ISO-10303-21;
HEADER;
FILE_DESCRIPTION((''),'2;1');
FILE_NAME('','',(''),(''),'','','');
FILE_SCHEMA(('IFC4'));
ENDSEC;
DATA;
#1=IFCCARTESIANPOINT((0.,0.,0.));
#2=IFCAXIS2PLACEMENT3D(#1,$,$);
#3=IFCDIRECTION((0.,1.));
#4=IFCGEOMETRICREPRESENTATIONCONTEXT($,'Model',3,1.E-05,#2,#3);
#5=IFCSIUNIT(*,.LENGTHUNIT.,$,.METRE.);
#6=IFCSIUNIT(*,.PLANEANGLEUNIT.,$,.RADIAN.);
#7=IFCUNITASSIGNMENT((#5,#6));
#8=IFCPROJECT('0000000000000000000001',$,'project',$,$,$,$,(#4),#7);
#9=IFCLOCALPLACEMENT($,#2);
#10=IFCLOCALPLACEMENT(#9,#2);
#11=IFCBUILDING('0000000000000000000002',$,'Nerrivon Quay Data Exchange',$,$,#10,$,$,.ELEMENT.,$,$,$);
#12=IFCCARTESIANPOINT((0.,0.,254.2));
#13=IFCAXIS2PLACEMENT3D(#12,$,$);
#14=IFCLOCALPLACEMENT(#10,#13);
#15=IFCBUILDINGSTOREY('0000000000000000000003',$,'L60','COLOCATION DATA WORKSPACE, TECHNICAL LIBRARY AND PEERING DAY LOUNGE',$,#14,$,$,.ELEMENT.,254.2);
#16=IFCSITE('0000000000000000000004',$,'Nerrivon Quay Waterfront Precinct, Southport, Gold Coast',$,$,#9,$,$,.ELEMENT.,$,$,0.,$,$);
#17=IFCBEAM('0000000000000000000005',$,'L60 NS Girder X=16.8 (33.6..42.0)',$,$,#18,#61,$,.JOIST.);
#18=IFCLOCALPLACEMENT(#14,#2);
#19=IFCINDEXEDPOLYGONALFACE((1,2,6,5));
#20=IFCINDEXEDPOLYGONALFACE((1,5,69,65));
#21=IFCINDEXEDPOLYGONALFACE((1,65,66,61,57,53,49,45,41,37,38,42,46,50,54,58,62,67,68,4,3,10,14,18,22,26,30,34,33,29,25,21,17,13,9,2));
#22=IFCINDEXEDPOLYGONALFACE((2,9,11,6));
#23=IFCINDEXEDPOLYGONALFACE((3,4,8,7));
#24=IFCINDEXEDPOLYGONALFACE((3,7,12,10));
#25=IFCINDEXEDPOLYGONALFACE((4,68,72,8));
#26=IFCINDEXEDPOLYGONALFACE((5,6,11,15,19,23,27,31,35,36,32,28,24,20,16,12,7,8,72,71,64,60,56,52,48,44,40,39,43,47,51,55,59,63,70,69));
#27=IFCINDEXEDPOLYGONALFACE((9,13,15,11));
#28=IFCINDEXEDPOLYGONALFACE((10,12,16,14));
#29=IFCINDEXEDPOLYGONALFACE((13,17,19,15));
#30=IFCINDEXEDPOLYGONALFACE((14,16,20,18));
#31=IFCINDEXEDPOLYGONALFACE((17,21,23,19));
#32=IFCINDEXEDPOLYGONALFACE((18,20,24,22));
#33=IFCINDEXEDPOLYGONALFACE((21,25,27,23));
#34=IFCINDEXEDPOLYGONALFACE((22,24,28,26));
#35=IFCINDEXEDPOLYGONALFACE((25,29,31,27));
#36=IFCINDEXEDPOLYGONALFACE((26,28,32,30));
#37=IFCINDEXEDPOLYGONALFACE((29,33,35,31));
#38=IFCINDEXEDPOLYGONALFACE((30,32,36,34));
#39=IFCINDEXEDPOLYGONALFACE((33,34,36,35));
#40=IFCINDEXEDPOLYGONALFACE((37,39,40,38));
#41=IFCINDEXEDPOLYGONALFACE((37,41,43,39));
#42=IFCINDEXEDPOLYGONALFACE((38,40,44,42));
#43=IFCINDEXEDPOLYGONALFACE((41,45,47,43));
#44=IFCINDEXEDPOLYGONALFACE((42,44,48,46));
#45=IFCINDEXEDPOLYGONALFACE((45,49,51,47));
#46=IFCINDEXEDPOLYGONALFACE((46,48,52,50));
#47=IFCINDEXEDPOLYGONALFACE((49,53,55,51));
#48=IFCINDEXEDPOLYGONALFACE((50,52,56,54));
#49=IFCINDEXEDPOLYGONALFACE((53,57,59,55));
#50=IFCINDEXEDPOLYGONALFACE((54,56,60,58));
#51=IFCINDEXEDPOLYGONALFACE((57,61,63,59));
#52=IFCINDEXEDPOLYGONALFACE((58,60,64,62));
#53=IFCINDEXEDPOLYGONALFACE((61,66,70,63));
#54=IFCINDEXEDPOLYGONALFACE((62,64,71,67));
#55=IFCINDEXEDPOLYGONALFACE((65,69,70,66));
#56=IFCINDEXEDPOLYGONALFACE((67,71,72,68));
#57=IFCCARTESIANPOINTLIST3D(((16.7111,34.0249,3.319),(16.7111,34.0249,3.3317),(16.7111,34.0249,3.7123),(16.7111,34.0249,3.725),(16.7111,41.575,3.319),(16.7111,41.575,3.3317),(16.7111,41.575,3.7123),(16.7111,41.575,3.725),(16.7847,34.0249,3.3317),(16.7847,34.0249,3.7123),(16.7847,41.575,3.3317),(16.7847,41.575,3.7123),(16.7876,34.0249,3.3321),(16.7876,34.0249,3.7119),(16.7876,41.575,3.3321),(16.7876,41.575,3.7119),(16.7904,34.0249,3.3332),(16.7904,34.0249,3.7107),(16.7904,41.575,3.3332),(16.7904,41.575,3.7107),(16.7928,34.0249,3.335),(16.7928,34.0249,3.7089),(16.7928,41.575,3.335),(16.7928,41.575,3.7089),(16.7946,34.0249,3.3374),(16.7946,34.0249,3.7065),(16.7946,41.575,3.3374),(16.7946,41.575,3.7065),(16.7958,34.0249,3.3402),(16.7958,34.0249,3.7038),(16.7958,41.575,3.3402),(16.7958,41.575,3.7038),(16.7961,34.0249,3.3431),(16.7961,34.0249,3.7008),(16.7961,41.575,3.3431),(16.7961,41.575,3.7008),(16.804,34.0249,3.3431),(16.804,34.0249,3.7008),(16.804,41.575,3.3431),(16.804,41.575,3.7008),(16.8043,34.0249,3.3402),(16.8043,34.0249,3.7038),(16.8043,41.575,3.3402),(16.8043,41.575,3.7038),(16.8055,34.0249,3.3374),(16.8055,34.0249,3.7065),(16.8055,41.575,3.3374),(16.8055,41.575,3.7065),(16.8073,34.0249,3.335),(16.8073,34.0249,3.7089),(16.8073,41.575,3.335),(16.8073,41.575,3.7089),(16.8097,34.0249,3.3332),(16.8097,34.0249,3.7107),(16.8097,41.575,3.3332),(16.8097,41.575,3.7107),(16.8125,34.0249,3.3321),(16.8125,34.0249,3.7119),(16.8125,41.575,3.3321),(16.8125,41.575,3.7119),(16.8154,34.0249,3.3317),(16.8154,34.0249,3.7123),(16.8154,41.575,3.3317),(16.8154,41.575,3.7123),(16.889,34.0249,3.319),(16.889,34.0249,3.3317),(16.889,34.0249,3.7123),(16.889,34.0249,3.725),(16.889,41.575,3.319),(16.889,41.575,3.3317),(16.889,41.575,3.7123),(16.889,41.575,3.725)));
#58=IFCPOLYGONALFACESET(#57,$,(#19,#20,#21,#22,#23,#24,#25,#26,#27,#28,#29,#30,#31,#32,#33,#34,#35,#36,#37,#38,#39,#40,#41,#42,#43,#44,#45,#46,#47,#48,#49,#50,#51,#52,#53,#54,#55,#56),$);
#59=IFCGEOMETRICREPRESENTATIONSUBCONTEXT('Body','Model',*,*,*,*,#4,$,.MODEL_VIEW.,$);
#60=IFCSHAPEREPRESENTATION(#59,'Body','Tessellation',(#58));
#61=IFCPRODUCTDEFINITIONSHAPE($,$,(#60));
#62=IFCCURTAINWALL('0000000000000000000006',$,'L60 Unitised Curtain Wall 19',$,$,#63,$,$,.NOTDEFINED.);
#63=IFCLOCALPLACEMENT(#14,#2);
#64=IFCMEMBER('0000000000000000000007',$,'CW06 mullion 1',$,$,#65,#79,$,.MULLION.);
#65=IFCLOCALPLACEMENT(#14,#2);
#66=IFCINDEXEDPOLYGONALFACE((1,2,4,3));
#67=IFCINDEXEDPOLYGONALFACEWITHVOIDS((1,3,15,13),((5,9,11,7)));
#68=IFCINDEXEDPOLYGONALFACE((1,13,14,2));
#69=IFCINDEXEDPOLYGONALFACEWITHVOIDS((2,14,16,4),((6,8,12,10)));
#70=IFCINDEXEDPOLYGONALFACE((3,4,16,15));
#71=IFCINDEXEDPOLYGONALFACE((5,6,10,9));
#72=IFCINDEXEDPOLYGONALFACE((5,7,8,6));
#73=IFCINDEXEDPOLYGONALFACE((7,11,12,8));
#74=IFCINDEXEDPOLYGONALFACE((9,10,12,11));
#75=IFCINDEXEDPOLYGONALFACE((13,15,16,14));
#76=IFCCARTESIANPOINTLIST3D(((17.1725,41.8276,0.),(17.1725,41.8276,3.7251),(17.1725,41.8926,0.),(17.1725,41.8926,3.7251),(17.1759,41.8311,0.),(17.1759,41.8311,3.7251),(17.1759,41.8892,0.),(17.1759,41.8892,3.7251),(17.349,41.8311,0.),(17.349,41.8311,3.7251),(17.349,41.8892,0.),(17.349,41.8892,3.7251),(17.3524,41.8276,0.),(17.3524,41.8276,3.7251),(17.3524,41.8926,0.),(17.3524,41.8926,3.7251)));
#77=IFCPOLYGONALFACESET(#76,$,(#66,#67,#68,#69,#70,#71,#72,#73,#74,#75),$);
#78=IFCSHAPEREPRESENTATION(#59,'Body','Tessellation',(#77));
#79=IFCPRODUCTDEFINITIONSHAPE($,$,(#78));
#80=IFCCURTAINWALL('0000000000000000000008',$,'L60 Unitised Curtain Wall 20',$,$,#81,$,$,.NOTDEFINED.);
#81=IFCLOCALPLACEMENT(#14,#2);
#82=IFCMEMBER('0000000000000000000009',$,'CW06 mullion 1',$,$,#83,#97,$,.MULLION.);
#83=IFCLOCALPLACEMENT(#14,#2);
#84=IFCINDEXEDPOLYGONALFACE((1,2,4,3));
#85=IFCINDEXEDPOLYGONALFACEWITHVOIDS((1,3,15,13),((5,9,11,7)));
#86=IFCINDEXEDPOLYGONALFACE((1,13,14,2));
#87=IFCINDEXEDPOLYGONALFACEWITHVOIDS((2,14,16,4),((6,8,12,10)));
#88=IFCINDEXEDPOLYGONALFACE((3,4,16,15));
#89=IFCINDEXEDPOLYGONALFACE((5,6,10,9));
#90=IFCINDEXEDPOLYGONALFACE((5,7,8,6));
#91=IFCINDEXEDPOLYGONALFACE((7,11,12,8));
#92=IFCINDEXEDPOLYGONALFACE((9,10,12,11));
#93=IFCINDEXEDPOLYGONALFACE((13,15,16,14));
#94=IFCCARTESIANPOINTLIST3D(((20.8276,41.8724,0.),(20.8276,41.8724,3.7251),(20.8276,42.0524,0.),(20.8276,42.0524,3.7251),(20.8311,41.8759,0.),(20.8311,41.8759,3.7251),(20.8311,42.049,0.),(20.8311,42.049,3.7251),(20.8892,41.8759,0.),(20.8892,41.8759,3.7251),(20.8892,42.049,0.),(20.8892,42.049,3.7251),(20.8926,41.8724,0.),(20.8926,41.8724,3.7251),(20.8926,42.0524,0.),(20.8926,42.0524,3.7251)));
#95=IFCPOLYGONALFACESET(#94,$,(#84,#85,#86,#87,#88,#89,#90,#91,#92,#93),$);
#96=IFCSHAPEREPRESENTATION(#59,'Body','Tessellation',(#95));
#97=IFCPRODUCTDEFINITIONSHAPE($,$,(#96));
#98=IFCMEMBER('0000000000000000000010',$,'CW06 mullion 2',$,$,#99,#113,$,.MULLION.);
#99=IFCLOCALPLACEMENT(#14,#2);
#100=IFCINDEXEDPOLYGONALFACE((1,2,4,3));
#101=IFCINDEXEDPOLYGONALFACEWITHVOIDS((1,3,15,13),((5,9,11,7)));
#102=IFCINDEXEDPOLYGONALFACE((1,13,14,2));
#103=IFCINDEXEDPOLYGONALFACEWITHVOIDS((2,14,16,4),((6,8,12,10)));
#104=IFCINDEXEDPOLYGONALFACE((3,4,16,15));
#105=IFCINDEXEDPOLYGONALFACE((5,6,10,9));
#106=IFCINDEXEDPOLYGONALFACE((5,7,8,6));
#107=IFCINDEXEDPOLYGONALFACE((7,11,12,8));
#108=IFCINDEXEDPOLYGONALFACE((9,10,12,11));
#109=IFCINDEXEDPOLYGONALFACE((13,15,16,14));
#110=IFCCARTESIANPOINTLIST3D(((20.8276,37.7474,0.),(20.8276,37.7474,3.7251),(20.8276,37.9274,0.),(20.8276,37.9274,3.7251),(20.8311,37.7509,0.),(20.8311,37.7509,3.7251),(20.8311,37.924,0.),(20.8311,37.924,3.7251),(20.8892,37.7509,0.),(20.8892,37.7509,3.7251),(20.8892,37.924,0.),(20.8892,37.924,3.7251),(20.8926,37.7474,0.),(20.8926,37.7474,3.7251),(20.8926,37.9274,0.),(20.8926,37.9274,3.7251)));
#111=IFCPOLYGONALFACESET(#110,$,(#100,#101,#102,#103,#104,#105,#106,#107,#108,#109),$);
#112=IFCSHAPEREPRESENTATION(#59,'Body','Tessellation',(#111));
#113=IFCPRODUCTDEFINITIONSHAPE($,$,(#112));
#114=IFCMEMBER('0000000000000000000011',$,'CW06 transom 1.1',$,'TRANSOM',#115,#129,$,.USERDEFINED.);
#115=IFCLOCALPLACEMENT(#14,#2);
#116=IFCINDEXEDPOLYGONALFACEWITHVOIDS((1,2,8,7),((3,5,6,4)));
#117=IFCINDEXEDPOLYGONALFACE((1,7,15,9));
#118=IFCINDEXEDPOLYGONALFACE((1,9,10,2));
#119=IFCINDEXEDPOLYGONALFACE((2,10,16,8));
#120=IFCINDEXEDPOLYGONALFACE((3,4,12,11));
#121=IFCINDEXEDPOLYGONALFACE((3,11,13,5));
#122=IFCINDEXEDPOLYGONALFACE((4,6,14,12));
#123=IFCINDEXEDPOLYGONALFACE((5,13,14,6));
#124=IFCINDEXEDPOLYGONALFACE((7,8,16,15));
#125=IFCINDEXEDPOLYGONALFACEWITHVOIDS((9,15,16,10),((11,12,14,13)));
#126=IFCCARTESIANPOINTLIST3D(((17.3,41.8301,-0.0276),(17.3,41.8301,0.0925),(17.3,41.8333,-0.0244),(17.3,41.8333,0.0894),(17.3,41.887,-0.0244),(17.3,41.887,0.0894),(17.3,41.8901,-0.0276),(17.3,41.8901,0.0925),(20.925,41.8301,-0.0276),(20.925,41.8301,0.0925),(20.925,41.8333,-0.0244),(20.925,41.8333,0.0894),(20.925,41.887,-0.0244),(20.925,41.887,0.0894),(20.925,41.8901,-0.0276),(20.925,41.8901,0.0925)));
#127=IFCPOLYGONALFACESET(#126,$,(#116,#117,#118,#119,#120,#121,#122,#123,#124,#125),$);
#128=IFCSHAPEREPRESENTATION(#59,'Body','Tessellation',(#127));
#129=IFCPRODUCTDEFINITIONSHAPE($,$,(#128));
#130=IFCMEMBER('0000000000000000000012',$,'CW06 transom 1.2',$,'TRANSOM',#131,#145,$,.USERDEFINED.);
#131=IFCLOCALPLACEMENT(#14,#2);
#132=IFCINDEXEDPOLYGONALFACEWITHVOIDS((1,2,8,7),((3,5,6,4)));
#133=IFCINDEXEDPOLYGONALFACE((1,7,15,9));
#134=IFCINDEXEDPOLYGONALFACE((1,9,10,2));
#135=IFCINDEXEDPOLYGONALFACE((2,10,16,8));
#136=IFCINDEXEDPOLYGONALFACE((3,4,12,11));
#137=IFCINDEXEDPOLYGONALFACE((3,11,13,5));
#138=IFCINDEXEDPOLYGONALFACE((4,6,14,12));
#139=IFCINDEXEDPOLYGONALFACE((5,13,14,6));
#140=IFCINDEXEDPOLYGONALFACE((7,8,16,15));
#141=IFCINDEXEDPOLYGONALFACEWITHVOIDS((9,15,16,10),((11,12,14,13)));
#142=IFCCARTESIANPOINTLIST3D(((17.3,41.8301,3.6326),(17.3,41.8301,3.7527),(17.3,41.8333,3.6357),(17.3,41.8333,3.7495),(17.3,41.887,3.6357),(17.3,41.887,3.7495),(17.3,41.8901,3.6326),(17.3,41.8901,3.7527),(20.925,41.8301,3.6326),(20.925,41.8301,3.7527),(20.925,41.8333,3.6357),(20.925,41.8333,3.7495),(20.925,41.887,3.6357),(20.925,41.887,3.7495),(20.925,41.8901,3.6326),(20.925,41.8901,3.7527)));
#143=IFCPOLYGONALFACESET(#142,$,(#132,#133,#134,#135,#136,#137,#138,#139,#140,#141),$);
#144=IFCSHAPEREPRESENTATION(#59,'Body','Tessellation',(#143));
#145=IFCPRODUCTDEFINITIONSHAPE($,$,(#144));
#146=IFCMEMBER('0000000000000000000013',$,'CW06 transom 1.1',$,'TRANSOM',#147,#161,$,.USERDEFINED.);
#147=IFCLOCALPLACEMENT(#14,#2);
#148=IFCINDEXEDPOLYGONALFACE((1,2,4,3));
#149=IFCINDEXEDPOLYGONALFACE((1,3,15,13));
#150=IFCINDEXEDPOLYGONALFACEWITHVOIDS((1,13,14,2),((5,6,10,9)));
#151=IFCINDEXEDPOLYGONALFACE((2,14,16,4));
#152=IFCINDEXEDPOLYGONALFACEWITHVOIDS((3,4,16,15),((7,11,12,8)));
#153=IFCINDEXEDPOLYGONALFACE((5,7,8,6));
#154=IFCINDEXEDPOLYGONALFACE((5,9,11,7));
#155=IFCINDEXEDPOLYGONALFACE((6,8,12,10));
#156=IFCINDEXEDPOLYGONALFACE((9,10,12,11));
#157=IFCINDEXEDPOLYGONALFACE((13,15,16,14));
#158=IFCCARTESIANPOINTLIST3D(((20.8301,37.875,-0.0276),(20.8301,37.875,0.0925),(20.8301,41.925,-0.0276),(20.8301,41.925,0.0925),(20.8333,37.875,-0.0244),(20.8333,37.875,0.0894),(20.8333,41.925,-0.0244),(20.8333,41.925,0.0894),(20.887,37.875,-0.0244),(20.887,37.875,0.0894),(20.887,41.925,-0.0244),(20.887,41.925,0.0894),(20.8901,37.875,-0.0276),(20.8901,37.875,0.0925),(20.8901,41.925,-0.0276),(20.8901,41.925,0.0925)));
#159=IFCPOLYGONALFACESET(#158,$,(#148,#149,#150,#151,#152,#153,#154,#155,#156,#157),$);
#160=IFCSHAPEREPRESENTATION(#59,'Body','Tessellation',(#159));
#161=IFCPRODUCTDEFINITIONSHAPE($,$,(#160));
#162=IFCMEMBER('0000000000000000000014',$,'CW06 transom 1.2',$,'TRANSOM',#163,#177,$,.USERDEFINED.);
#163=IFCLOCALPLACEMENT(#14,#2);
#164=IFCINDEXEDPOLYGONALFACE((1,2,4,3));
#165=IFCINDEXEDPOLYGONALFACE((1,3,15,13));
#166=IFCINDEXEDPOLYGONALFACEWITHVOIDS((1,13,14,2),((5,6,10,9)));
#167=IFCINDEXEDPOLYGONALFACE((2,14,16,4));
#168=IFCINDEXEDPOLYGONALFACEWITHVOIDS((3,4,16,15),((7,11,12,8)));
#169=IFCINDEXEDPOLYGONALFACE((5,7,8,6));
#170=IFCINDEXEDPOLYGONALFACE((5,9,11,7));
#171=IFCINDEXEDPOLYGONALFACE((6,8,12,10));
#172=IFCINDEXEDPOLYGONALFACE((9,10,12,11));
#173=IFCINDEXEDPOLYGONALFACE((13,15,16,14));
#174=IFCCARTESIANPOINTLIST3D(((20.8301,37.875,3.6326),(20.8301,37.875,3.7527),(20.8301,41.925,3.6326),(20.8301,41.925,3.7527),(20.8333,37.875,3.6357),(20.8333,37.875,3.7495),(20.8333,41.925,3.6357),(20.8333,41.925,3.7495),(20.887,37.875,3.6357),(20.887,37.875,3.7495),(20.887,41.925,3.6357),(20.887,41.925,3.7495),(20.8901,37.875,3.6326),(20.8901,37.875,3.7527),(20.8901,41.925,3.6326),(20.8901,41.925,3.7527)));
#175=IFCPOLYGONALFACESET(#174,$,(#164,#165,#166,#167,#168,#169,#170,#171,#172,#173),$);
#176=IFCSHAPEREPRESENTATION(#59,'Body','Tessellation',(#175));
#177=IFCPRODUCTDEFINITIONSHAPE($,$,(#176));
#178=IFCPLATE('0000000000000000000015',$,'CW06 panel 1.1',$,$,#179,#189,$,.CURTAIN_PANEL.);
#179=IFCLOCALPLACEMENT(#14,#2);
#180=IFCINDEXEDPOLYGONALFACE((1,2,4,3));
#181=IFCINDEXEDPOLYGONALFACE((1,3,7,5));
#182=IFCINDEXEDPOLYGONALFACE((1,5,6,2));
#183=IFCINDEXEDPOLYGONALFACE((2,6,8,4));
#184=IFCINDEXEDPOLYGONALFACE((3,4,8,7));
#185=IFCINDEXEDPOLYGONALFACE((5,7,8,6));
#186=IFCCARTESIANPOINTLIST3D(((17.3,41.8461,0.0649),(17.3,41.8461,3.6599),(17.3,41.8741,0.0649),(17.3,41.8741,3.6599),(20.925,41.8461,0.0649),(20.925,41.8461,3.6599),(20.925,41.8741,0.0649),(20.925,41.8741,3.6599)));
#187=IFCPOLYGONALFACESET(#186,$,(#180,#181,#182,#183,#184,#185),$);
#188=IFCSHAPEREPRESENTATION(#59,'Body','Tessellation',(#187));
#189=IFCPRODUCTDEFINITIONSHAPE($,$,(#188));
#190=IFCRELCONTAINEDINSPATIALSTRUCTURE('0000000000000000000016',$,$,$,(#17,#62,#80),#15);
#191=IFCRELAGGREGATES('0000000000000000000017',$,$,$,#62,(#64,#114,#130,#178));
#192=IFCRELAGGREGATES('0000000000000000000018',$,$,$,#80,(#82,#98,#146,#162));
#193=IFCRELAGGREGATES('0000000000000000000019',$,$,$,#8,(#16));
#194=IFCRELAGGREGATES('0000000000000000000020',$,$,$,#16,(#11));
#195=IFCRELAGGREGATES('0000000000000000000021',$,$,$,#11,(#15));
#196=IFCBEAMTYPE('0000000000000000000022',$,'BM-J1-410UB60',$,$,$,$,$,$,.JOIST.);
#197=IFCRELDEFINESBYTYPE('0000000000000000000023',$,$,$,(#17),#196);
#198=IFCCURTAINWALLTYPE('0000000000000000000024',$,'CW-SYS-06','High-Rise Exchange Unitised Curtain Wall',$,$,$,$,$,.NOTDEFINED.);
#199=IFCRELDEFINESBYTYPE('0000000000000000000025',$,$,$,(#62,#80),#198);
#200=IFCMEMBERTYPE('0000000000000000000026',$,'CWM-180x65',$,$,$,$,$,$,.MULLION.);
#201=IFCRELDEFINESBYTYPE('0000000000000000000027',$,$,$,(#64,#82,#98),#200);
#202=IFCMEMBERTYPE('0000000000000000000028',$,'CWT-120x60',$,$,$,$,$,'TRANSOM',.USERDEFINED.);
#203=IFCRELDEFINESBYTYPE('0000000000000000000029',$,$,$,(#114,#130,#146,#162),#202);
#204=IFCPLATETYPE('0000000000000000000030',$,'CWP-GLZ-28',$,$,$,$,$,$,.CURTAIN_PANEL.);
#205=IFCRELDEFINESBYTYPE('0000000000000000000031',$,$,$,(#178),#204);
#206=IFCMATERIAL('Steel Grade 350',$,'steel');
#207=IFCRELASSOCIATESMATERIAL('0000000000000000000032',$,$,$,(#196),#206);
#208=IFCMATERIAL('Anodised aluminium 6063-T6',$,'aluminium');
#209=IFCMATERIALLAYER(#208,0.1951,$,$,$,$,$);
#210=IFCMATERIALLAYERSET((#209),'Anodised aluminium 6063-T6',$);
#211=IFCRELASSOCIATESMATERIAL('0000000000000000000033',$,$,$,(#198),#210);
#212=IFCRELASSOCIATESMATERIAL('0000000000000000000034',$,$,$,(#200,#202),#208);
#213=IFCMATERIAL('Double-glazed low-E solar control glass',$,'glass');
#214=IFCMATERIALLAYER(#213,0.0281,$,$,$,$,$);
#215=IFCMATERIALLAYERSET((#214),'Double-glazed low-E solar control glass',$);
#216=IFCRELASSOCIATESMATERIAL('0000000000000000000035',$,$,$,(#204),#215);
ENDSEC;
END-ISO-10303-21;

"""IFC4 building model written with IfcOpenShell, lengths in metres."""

from ifc_helpers import new_model, si_unit, direction, frame, origin, origin_2d, place, context, subcontext, project, spatial, rectangle, hollow_rectangle, i_section, extrude, material, layer, layer_set, material_profile, profile_set, type_object, element, aggregate, save


model = new_model("IFC4")

# Units and contexts
model_context = context("Model", 3, precision=1e-05, world=origin(), true_north=direction((0.0, 1.0)))
body_context = subcontext(model_context, "Body", "Model", "MODEL_VIEW")
ifc_project = project(units=[si_unit("LENGTHUNIT", "METRE"), si_unit("PLANEANGLEUNIT", "RADIAN")], contexts=[model_context])

# Site, building, storey
site_placement = place(None, origin())
site = spatial("IfcSite", under=ifc_project, at=site_placement, Name="Nerrivon Quay Waterfront Precinct, Southport, Gold Coast", CompositionType="ELEMENT", RefElevation=0.0)
building_placement = place(site_placement, origin())
building = spatial("IfcBuilding", under=site, at=building_placement, Name="Nerrivon Quay Data Exchange", CompositionType="ELEMENT")
storey_placement = place(building_placement, frame((0.0, 0.0, 254.2)))
storey = spatial("IfcBuildingStorey", under=building, at=storey_placement, Name="L60", Description="COLOCATION DATA WORKSPACE, TECHNICAL LIBRARY AND PEERING DAY LOUNGE", CompositionType="ELEMENT", Elevation=254.2)

# Beam
ifc_material_1 = material(Name="Steel Grade 350", Category="steel")
ifc_material_profile_1 = material_profile(ifc_material_1, i_section(OverallWidth=0.178, OverallDepth=0.406, WebThickness=0.0078, FlangeThickness=0.0127, FilletRadius=0.0115, at=origin_2d()), Name="410UB59.7")
ifc_profile_set_1 = profile_set([ifc_material_profile_1], Name="Steel Grade 350")
beam_type_1 = type_object("IfcBeamType", Name="BM-J1-410UB60", PredefinedType="JOIST", material=ifc_profile_set_1)
for number, where, z_axis, x_axis, name in (
    (1, (16.8, 34.0249, 3.522), (0.0, 1.0, 0.0), (-1.0, 0.0, 0.0), "L60 NS Girder X=16.8 (33.6..42.0)"),
):
    element("IfcBeam", number, at=place(storey_placement, frame(where, z_axis=z_axis, x_axis=x_axis)), inside=storey, type_object=beam_type_1, Name=name, PredefinedType="JOIST", context=body_context, shape_type="SweptSolid", body=[
        extrude(i_section(OverallWidth=0.178, OverallDepth=0.406, WebThickness=0.0078, FlangeThickness=0.0127, FilletRadius=0.0115, at=origin_2d()), origin(), (0.0, 0.0, 1.0), 7.55),
    ])

# Curtain wall, member
ifc_material_2 = material(Name="Anodised aluminium 6063-T6", Category="aluminium")
ifc_layer_1 = layer(ifc_material_2, 0.1951)
ifc_layer_set_1 = layer_set([ifc_layer_1], Name="Anodised aluminium 6063-T6")
curtain_wall_type = type_object("IfcCurtainWallType", Name="CW-SYS-06", Description="High-Rise Exchange Unitised Curtain Wall", PredefinedType="NOTDEFINED", material=ifc_layer_set_1)
curtain_wall_1_placement = place(storey_placement, origin())
curtain_wall_1 = element("IfcCurtainWall", 2, at=curtain_wall_1_placement, inside=storey, type_object=curtain_wall_type, Name="L60 Unitised Curtain Wall 19", PredefinedType="NOTDEFINED")
ifc_material_profile_2 = material_profile(ifc_material_2, hollow_rectangle(XDim=0.0649, YDim=0.1799, WallThickness=0.0034, at=origin_2d()), Name="ALU-MULL-180x65")
ifc_profile_set_2 = profile_set([ifc_material_profile_2], Name="Anodised aluminium 6063-T6")
member_type_1 = type_object("IfcMemberType", Name="CWM-180x65", PredefinedType="MULLION", material=ifc_profile_set_2)
member_1_placement = place(storey_placement, frame((17.2625, 41.8601, 0.0), z_axis=(0.0, 0.0, 1.0), x_axis=(0.0, 1.0, 0.0)))
member_1 = element("IfcMember", 3, at=member_1_placement, type_object=member_type_1, Name="CW06 mullion 1", PredefinedType="MULLION", context=body_context, shape_type="SweptSolid", body=[
    extrude(hollow_rectangle(XDim=0.0649, YDim=0.1799, WallThickness=0.0034, at=origin_2d()), origin(), (0.0, 0.0, 1.0), 3.7251),
])

# Curtain wall, members
curtain_wall_2_placement = place(storey_placement, origin())
curtain_wall_2 = element("IfcCurtainWall", 4, at=curtain_wall_2_placement, inside=storey, type_object=curtain_wall_type, Name="L60 Unitised Curtain Wall 20", PredefinedType="NOTDEFINED")
member_2_placement = place(storey_placement, frame((20.8601, 41.9624, 0.0), z_axis=(0.0, 0.0, 1.0), x_axis=(1.0, 0.0, 0.0)))
member_2 = element("IfcMember", 5, at=member_2_placement, type_object=member_type_1, Name="CW06 mullion 1", PredefinedType="MULLION", context=body_context, shape_type="SweptSolid", body=[
    extrude(hollow_rectangle(XDim=0.0649, YDim=0.1799, WallThickness=0.0034, at=origin_2d()), origin(), (0.0, 0.0, 1.0), 3.7251),
])
member_3_placement = place(storey_placement, frame((20.8601, 37.8374, 0.0), z_axis=(0.0, 0.0, 1.0), x_axis=(1.0, 0.0, 0.0)))
member_3 = element("IfcMember", 6, at=member_3_placement, type_object=member_type_1, Name="CW06 mullion 2", PredefinedType="MULLION", context=body_context, shape_type="SweptSolid", body=[
    extrude(hollow_rectangle(XDim=0.0649, YDim=0.1799, WallThickness=0.0034, at=origin_2d()), origin(), (0.0, 0.0, 1.0), 3.7251),
])

# Members
ifc_material_profile_3 = material_profile(ifc_material_2, hollow_rectangle(XDim=0.0601, YDim=0.1201, WallThickness=0.0032, at=origin_2d()), Name="ALU-TRAN-120x60")
ifc_profile_set_3 = profile_set([ifc_material_profile_3], Name="Anodised aluminium 6063-T6")
member_type_2 = type_object("IfcMemberType", Name="CWT-120x60", ElementType="TRANSOM", PredefinedType="USERDEFINED", material=ifc_profile_set_3)
member_4_placement = place(storey_placement, frame((17.3, 41.8601, 0.0325), z_axis=(1.0, 0.0, 0.0), x_axis=(0.0, 1.0, 0.0)))
member_4 = element("IfcMember", 7, at=member_4_placement, type_object=member_type_2, Name="CW06 transom 1.1", ObjectType="TRANSOM", PredefinedType="USERDEFINED", context=body_context, shape_type="SweptSolid", body=[
    extrude(hollow_rectangle(XDim=0.0601, YDim=0.1201, WallThickness=0.0032, at=origin_2d()), origin(), (0.0, 0.0, 1.0), 3.625),
])
member_5_placement = place(storey_placement, frame((17.3, 41.8601, 3.6926), z_axis=(1.0, 0.0, 0.0), x_axis=(0.0, 1.0, 0.0)))
member_5 = element("IfcMember", 8, at=member_5_placement, type_object=member_type_2, Name="CW06 transom 1.2", ObjectType="TRANSOM", PredefinedType="USERDEFINED", context=body_context, shape_type="SweptSolid", body=[
    extrude(hollow_rectangle(XDim=0.0601, YDim=0.1201, WallThickness=0.0032, at=origin_2d()), origin(), (0.0, 0.0, 1.0), 3.625),
])
member_6_placement = place(storey_placement, frame((20.8601, 41.925, 0.0325), z_axis=(0.0, -1.0, 0.0), x_axis=(1.0, 0.0, 0.0)))
member_6 = element("IfcMember", 9, at=member_6_placement, type_object=member_type_2, Name="CW06 transom 1.1", ObjectType="TRANSOM", PredefinedType="USERDEFINED", context=body_context, shape_type="SweptSolid", body=[
    extrude(hollow_rectangle(XDim=0.0601, YDim=0.1201, WallThickness=0.0032, at=origin_2d()), origin(), (0.0, 0.0, 1.0), 4.05),
])
member_7_placement = place(storey_placement, frame((20.8601, 41.925, 3.6926), z_axis=(0.0, -1.0, 0.0), x_axis=(1.0, 0.0, 0.0)))
member_7 = element("IfcMember", 10, at=member_7_placement, type_object=member_type_2, Name="CW06 transom 1.2", ObjectType="TRANSOM", PredefinedType="USERDEFINED", context=body_context, shape_type="SweptSolid", body=[
    extrude(hollow_rectangle(XDim=0.0601, YDim=0.1201, WallThickness=0.0032, at=origin_2d()), origin(), (0.0, 0.0, 1.0), 4.05),
])

# Plate
ifc_material_3 = material(Name="Double-glazed low-E solar control glass", Category="glass")
ifc_layer_2 = layer(ifc_material_3, 0.0281)
ifc_layer_set_2 = layer_set([ifc_layer_2], Name="Double-glazed low-E solar control glass")
plate_type = type_object("IfcPlateType", Name="CWP-GLZ-28", PredefinedType="CURTAIN_PANEL", material=ifc_layer_set_2)
plate_1_placement = place(storey_placement, frame((19.1125, 41.8601, 0.0649), z_axis=(0.0, 0.0, 1.0), x_axis=(1.0, 0.0, 0.0)))
plate_1 = element("IfcPlate", 11, at=plate_1_placement, type_object=plate_type, Name="CW06 panel 1.1", PredefinedType="CURTAIN_PANEL", context=body_context, shape_type="SweptSolid", body=[
    extrude(rectangle(XDim=3.625, YDim=0.0281, at=origin_2d()), origin(), (0.0, 0.0, 1.0), 3.595),
])
aggregate(curtain_wall_1, [member_1, member_4, member_5, plate_1])
aggregate(curtain_wall_2, [member_2, member_3, member_6, member_7])

save(model, "model.ifc")
